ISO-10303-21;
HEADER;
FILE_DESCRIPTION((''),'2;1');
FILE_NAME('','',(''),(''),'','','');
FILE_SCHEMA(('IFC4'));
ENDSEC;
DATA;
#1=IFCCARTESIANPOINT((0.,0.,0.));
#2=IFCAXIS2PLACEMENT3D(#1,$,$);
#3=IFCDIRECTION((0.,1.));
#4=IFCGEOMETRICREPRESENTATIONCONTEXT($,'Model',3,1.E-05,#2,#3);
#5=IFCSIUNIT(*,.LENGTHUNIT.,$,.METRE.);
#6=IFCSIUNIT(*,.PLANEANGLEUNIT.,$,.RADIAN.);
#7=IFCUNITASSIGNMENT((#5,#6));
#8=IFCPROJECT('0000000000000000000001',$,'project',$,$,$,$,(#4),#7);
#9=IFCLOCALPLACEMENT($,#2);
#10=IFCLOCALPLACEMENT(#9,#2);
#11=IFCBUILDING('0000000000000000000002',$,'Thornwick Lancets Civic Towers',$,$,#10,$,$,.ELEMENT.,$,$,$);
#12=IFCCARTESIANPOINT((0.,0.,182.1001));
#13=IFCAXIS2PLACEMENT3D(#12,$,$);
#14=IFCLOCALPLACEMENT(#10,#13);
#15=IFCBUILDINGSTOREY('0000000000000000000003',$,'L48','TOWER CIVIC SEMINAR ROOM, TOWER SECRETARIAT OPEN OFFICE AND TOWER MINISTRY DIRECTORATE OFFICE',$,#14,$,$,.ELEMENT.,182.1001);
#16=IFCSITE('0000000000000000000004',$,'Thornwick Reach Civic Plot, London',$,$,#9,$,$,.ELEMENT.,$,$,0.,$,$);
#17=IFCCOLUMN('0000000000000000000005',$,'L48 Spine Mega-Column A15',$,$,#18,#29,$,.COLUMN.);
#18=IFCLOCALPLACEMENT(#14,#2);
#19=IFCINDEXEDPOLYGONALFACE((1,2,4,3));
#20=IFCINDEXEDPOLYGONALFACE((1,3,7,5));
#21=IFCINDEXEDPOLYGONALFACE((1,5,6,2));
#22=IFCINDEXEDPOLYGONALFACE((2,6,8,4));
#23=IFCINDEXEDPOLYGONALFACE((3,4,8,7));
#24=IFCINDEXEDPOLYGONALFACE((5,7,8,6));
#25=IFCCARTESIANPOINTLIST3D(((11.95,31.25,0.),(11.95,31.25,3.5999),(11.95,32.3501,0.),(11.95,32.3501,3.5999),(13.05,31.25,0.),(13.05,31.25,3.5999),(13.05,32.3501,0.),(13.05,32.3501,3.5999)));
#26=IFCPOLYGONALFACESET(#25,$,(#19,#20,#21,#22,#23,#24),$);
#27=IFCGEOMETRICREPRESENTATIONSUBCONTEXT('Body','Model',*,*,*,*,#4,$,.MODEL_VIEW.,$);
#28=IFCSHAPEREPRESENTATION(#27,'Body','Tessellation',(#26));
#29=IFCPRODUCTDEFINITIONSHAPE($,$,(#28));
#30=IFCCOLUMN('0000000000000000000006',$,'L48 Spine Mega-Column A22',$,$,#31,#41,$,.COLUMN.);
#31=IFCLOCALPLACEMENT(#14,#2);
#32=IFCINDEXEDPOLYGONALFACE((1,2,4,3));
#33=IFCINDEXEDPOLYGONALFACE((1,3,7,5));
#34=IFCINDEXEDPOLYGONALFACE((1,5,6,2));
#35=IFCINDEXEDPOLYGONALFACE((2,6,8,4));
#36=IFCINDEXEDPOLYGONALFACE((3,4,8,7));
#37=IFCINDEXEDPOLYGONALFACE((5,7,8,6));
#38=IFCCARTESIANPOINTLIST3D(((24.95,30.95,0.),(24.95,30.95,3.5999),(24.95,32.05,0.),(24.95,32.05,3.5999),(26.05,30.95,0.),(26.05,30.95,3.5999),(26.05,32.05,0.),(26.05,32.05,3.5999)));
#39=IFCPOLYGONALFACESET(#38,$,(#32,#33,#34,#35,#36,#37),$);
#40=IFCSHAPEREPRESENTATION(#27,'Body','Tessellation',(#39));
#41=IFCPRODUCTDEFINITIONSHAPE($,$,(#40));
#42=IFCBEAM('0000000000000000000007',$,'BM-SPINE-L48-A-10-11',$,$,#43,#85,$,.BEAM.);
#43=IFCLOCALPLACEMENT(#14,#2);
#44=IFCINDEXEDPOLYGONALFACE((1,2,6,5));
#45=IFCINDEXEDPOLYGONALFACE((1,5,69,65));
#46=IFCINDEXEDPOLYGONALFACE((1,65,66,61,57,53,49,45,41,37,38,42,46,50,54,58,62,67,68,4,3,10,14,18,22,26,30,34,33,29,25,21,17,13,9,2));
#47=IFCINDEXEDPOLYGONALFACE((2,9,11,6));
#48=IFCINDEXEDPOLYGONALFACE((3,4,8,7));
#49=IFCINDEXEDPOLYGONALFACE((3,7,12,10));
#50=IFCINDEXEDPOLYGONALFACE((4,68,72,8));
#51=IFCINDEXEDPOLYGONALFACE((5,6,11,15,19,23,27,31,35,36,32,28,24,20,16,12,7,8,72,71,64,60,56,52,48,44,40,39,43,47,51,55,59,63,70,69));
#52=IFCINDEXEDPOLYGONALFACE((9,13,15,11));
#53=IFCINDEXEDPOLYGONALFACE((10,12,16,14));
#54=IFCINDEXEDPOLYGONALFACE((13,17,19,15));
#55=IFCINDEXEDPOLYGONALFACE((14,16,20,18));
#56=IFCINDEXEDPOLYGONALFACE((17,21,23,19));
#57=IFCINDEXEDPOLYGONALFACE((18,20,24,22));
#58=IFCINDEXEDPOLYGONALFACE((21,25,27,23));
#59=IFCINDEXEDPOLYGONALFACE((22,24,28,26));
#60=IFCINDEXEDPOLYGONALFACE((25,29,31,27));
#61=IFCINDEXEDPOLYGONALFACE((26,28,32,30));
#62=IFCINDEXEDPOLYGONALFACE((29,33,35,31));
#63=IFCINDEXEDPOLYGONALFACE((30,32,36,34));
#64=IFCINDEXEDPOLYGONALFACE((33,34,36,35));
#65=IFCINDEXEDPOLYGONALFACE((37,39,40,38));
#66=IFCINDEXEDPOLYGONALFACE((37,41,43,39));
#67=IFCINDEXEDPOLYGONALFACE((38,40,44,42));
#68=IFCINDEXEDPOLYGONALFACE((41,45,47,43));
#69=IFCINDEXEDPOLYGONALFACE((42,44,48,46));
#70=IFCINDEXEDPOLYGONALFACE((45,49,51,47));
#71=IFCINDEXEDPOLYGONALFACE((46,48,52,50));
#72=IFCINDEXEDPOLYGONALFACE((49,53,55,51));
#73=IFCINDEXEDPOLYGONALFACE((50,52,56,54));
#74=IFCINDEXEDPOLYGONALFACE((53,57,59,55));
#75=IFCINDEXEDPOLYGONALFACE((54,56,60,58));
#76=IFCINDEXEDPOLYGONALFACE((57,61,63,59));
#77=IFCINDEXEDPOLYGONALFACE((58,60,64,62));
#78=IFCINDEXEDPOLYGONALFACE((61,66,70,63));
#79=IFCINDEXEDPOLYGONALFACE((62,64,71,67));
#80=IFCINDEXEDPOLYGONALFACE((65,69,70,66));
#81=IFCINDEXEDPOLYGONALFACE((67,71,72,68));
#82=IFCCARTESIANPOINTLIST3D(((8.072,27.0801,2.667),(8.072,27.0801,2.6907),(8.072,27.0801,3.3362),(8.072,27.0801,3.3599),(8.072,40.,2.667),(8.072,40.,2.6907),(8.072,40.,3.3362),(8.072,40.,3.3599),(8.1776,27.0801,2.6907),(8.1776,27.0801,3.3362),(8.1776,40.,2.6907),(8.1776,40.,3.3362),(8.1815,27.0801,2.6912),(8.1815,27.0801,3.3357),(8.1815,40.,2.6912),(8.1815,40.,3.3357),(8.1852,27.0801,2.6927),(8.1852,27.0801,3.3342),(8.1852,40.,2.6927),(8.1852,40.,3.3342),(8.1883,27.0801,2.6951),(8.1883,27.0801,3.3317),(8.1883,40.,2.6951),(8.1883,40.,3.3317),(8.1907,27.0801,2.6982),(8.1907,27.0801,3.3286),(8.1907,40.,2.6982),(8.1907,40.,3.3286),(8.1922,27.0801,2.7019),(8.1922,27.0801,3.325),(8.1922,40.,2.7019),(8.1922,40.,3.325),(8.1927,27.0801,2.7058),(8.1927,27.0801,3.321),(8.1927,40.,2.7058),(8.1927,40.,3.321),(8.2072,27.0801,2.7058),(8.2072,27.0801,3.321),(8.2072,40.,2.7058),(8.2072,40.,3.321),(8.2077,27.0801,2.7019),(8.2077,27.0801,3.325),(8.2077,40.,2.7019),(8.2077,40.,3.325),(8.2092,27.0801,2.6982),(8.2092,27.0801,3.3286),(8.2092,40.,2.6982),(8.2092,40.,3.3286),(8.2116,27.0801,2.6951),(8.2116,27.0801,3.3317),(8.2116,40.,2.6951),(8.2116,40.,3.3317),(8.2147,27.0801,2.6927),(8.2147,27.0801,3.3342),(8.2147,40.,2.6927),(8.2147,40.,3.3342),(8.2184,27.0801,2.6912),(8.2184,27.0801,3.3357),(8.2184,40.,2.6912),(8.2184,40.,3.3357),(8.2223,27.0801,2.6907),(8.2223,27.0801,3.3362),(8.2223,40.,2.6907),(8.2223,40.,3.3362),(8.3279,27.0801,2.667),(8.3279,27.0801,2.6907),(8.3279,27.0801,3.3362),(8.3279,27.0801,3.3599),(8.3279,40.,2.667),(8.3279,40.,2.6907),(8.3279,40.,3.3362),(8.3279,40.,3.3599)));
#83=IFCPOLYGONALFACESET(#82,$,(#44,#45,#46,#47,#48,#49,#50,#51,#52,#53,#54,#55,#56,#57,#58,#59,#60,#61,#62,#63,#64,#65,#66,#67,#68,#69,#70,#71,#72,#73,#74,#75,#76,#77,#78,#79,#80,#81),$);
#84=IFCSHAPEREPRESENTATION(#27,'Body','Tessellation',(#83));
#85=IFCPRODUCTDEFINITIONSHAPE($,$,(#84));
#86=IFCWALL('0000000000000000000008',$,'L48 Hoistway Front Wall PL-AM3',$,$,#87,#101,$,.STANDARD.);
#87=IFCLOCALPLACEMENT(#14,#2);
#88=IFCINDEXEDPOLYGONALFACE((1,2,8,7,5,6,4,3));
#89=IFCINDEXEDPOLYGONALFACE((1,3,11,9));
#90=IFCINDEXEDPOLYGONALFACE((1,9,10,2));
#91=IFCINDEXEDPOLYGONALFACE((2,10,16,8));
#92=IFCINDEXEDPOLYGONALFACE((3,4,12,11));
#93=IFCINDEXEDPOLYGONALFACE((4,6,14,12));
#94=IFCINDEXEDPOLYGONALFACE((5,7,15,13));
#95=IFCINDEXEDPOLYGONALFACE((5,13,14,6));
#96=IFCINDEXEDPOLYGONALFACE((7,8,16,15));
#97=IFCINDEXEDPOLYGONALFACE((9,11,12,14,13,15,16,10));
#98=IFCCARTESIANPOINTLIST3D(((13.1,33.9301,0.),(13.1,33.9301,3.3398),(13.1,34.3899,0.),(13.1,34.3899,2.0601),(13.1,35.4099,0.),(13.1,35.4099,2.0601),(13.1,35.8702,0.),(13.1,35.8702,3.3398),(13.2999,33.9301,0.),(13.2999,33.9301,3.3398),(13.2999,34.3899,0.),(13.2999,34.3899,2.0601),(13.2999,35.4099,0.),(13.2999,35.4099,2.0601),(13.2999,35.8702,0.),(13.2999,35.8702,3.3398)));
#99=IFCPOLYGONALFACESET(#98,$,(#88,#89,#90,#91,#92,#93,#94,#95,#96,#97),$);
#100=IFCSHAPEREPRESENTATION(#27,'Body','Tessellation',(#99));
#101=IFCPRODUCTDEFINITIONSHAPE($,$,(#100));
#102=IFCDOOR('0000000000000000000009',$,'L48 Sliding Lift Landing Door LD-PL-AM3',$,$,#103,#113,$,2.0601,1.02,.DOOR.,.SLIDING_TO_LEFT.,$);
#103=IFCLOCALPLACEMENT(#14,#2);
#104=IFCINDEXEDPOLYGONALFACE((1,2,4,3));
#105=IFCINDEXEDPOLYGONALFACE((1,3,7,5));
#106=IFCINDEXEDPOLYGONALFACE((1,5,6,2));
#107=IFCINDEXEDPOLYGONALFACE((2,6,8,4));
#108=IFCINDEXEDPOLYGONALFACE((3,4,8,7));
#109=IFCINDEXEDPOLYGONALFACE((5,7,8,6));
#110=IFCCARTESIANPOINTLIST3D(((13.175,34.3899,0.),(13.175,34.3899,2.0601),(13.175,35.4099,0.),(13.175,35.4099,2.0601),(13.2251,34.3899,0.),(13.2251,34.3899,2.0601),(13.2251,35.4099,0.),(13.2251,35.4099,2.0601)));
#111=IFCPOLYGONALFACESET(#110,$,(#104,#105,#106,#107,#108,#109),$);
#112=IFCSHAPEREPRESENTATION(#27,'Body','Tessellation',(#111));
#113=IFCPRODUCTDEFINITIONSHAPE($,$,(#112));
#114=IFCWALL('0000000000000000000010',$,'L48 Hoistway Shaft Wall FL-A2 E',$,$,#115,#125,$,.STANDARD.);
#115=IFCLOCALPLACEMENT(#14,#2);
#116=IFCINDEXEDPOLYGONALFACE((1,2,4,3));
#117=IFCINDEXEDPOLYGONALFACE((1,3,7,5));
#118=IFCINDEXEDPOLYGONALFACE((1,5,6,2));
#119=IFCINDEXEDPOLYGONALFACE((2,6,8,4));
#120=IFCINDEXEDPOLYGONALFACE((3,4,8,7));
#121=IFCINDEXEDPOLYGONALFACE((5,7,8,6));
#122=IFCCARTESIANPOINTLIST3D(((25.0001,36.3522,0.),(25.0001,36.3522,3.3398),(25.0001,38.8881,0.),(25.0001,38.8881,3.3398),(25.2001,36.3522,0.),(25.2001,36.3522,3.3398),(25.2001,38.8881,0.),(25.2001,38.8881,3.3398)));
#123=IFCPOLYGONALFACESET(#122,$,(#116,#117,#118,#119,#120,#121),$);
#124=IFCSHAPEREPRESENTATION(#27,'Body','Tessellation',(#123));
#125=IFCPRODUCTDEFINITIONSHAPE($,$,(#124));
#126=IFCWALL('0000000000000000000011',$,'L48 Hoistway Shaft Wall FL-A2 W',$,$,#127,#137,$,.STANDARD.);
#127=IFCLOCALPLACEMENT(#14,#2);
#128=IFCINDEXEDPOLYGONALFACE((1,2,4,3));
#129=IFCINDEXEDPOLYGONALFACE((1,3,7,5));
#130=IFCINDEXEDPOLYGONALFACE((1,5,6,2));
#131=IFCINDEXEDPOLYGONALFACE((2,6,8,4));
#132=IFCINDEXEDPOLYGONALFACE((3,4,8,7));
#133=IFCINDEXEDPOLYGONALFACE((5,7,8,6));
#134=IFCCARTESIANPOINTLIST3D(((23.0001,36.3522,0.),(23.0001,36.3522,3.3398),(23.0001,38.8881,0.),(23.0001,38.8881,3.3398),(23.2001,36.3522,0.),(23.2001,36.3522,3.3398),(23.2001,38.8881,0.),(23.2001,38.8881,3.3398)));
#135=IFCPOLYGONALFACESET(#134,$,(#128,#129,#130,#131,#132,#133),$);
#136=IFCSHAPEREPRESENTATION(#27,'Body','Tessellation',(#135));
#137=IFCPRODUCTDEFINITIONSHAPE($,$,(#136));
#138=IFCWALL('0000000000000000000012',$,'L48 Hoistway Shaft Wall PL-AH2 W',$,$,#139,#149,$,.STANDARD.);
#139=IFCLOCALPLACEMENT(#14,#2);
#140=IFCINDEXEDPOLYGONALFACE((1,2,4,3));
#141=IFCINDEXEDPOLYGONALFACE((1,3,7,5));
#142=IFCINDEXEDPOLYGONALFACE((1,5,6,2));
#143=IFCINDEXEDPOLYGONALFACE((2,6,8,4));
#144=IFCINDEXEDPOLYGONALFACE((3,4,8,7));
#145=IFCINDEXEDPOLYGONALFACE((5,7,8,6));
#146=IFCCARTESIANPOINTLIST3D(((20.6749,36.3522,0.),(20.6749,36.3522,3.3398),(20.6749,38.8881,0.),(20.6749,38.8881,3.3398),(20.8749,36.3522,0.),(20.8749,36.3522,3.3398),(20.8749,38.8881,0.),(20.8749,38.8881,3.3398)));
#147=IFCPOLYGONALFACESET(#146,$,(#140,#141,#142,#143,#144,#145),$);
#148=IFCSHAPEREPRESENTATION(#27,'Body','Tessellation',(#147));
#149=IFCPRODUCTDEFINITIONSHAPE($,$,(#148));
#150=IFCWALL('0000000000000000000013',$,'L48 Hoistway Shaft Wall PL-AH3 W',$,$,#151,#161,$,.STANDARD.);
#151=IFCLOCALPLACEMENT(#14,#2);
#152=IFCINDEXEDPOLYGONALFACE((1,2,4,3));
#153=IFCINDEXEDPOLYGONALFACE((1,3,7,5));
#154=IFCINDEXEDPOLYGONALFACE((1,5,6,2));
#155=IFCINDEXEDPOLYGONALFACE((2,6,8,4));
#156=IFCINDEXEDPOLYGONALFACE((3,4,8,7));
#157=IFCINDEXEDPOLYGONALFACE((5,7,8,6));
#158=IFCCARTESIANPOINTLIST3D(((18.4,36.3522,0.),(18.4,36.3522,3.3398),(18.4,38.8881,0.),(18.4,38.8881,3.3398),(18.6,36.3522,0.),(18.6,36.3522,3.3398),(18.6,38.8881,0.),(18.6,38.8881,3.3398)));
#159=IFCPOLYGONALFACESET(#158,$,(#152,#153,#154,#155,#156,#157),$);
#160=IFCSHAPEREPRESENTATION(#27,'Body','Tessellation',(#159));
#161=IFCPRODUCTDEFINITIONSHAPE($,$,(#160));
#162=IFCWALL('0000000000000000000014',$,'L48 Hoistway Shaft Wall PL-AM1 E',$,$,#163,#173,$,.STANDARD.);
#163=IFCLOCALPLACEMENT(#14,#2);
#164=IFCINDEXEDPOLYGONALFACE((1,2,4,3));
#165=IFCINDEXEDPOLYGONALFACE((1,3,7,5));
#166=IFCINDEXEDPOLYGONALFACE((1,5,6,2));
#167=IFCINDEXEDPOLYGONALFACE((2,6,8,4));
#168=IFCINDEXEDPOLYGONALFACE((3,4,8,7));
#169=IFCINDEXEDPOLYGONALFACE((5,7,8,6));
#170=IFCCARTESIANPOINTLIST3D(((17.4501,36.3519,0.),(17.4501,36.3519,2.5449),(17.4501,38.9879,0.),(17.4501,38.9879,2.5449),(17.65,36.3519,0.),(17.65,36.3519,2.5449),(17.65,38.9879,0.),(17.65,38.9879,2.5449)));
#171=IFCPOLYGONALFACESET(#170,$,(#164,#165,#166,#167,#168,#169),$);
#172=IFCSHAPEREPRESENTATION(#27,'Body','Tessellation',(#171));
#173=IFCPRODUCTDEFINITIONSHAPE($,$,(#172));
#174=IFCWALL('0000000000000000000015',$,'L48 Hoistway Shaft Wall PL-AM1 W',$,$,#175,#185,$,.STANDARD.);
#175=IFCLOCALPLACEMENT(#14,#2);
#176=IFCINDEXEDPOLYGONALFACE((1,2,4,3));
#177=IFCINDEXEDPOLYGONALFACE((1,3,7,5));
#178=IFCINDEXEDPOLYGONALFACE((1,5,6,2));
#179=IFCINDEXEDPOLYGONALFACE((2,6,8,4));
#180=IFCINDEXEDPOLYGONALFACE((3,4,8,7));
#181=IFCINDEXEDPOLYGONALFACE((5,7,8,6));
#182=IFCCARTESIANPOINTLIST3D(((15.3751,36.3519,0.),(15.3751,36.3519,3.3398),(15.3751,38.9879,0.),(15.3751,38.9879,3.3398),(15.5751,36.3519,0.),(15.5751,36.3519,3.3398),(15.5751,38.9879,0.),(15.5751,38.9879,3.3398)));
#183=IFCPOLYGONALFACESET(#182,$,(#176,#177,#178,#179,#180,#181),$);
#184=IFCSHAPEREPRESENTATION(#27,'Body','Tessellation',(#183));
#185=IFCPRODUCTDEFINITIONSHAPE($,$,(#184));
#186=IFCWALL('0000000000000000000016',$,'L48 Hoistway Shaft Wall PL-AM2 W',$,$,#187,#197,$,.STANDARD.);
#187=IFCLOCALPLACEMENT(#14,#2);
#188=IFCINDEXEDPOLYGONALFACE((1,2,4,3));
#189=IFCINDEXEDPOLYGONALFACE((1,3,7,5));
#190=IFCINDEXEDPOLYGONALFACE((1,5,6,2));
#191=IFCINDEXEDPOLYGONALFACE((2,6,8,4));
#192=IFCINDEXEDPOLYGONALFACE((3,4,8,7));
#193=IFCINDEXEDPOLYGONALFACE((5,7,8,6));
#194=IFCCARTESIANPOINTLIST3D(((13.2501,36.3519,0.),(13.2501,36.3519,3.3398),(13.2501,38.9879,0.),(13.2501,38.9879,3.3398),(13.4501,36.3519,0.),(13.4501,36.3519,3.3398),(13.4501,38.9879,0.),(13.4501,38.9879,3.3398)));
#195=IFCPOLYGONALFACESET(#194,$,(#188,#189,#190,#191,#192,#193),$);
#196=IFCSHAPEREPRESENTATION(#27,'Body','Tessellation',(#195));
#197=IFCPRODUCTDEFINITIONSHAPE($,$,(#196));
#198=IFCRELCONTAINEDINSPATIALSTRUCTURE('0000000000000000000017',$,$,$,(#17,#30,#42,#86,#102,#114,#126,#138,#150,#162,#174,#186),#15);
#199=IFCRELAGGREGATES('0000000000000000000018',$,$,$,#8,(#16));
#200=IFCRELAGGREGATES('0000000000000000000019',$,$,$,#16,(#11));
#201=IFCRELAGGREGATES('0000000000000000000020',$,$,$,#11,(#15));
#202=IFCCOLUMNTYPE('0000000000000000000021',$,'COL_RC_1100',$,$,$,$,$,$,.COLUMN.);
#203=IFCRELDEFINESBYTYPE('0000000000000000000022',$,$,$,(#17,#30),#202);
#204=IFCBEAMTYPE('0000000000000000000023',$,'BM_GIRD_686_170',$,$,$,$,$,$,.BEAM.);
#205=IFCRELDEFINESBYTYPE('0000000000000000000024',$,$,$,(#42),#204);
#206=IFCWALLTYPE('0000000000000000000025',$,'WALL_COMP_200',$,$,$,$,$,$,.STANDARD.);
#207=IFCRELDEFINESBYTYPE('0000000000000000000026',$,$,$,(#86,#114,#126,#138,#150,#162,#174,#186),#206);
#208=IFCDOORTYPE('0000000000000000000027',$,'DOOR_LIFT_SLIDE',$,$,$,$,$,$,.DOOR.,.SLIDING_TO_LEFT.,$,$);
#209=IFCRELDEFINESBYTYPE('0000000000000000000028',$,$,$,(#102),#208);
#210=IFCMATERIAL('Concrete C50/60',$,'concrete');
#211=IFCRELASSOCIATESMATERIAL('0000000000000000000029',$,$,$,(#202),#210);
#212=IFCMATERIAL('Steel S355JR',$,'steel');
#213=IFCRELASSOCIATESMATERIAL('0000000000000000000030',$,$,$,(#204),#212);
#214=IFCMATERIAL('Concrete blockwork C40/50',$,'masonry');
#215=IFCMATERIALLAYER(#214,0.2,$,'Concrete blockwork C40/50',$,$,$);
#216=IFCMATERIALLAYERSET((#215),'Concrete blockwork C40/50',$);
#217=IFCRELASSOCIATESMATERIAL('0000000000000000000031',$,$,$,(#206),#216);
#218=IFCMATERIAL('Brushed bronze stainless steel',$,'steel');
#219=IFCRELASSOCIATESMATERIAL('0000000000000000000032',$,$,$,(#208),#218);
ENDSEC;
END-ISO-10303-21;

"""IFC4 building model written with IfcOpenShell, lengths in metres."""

from ifc_helpers import new_model, si_unit, direction, frame, frame_2d, origin, origin_2d, place, context, subcontext, project, spatial, rectangle, i_section, extrude, material, layer, layer_set, material_profile, profile_set, type_object, element, fill, save


model = new_model("IFC4")

# Units and contexts
model_context = context("Model", 3, precision=1e-05, world=origin(), true_north=direction((0.0, 1.0)))
body_context = subcontext(model_context, "Body", "Model", "MODEL_VIEW")
ifc_project = project(units=[si_unit("LENGTHUNIT", "METRE"), si_unit("PLANEANGLEUNIT", "RADIAN")], contexts=[model_context])

# Site, building, storey
site_placement = place(None, origin())
site = spatial("IfcSite", under=ifc_project, at=site_placement, Name="Thornwick Reach Civic Plot, London", CompositionType="ELEMENT", RefElevation=0.0)
building_placement = place(site_placement, origin())
building = spatial("IfcBuilding", under=site, at=building_placement, Name="Thornwick Lancets Civic Towers", CompositionType="ELEMENT")
storey_placement = place(building_placement, frame((0.0, 0.0, 182.1001)))
storey = spatial("IfcBuildingStorey", under=building, at=storey_placement, Name="L48", Description="TOWER CIVIC SEMINAR ROOM, TOWER SECRETARIAT OPEN OFFICE AND TOWER MINISTRY DIRECTORATE OFFICE", CompositionType="ELEMENT", Elevation=182.1001)

# Columns
ifc_material_1 = material(Name="Concrete C50/60", Category="concrete")
ifc_material_profile_1 = material_profile(ifc_material_1, rectangle(XDim=1.1001, YDim=1.1001, at=origin_2d()), Name="RC 1100x1100")
ifc_profile_set_1 = profile_set([ifc_material_profile_1], Name="Concrete C50/60")
column_type = type_object("IfcColumnType", Name="COL_RC_1100", PredefinedType="COLUMN", material=ifc_profile_set_1)
for number, where, z_axis, x_axis, name in (
    (1, (12.5, 31.8, 0.0), (0.0, 0.0, 1.0), (1.0, 0.0, 0.0), "L48 Spine Mega-Column A15"),
    (2, (25.5, 31.5, 0.0), (0.0, 0.0, 1.0), (1.0, 0.0, 0.0), "L48 Spine Mega-Column A22"),
):
    element("IfcColumn", number, at=place(storey_placement, frame(where, z_axis=z_axis, x_axis=x_axis)), inside=storey, type_object=column_type, Name=name, PredefinedType="COLUMN", context=body_context, shape_type="SweptSolid", body=[
        extrude(rectangle(XDim=1.1001, YDim=1.1001, at=origin_2d()), origin(), (0.0, 0.0, 1.0), 3.5999),
    ])

# Beam
ifc_material_2 = material(Name="Steel S355JR", Category="steel")
ifc_material_profile_2 = material_profile(ifc_material_2, i_section(OverallWidth=0.2559, OverallDepth=0.6929, WebThickness=0.0144, FlangeThickness=0.0237, FilletRadius=0.0151, at=origin_2d()), Name="UKB 686x254x170")
ifc_profile_set_2 = profile_set([ifc_material_profile_2], Name="Steel S355JR")
beam_type = type_object("IfcBeamType", Name="BM_GIRD_686_170", PredefinedType="BEAM", material=ifc_profile_set_2)
beam_placement = place(storey_placement, frame((8.2, 27.0801, 3.0134), z_axis=(0.0, 1.0, 0.0), x_axis=(-1.0, 0.0, 0.0)))
element("IfcBeam", 3, at=beam_placement, inside=storey, type_object=beam_type, Name="BM-SPINE-L48-A-10-11", PredefinedType="BEAM", context=body_context, shape_type="SweptSolid", body=[
    extrude(i_section(OverallWidth=0.2559, OverallDepth=0.6929, WebThickness=0.0144, FlangeThickness=0.0237, FilletRadius=0.0151, at=origin_2d()), origin(), (0.0, 0.0, 1.0), 12.9199),
])

# Wall, opening, door
ifc_material_3 = material(Name="Concrete blockwork C40/50", Category="masonry")
ifc_layer_1 = layer(ifc_material_3, 0.2, Name="Concrete blockwork C40/50")
ifc_layer_set_1 = layer_set([ifc_layer_1], Name="Concrete blockwork C40/50")
wall_type_1 = type_object("IfcWallType", Name="WALL_COMP_200", PredefinedType="STANDARD", material=ifc_layer_set_1)
wall_1_placement = place(storey_placement, frame((13.2, 33.9299, 0.0), z_axis=(0.0, 0.0, 1.0), x_axis=(0.0, 1.0, 0.0)))
wall_1 = element("IfcWall", 4, at=wall_1_placement, inside=storey, type_object=wall_type_1, Name="L48 Hoistway Front Wall PL-AM3", PredefinedType="STANDARD", context=body_context, shape_type="SweptSolid", body=[
    extrude(rectangle(XDim=1.9402, YDim=0.2, at=frame_2d((0.9702, 0.0))), origin(), (0.0, 0.0, 1.0), 3.3398),
])
opening_1_placement = place(wall_1_placement, frame((0.46, 0.0, 0.0)))
opening_1 = element("IfcOpeningElement", 5, at=opening_1_placement, cuts=wall_1, PredefinedType="OPENING", context=body_context, shape_type="SweptSolid", body=[
    extrude(rectangle(XDim=1.02, YDim=2.0601, at=frame_2d((0.51, 1.03))), frame((0.0, 0.1099, 0.0), z_axis=(0.0, -1.0, 0.0), x_axis=(1.0, 0.0, 0.0)), (0.0, 0.0, 1.0), 0.22),
])
ifc_material_4 = material(Name="Brushed bronze stainless steel", Category="steel")
door_type_1 = type_object("IfcDoorType", Name="DOOR_LIFT_SLIDE", OperationType="SLIDING_TO_LEFT", PredefinedType="DOOR", material=ifc_material_4)
door_1_placement = place(opening_1_placement, origin())
door_1 = element("IfcDoor", 6, at=door_1_placement, inside=storey, type_object=door_type_1, Name="L48 Sliding Lift Landing Door LD-PL-AM3", OperationType="SLIDING_TO_LEFT", OverallHeight=2.0601, OverallWidth=1.02, PredefinedType="DOOR", context=body_context, shape_type="SweptSolid", body=[
    extrude(rectangle(XDim=1.02, YDim=2.0601, at=frame_2d((0.51, 1.03))), frame((0.0, 0.0249, 0.0), z_axis=(0.0, -1.0, 0.0), x_axis=(1.0, 0.0, 0.0)), (0.0, 0.0, 1.0), 0.05),
])
fill(opening_1, door_1)

# Walls
for number, where, z_axis, x_axis, name in (
    (7, (25.1001, 36.3521, 0.0), (0.0, 0.0, 1.0), (0.0, 1.0, 0.0), "L48 Hoistway Shaft Wall FL-A2 E"),
    (8, (23.1001, 36.3521, 0.0), (0.0, 0.0, 1.0), (0.0, 1.0, 0.0), "L48 Hoistway Shaft Wall FL-A2 W"),
    (9, (20.7749, 36.3521, 0.0), (0.0, 0.0, 1.0), (0.0, 1.0, 0.0), "L48 Hoistway Shaft Wall PL-AH2 W"),
    (10, (18.5, 36.3521, 0.0), (0.0, 0.0, 1.0), (0.0, 1.0, 0.0), "L48 Hoistway Shaft Wall PL-AH3 W"),
):
    element("IfcWall", number, at=place(storey_placement, frame(where, z_axis=z_axis, x_axis=x_axis)), inside=storey, type_object=wall_type_1, Name=name, PredefinedType="STANDARD", context=body_context, shape_type="SweptSolid", body=[
        extrude(rectangle(XDim=2.5359, YDim=0.2, at=frame_2d((1.2681, 0.0))), origin(), (0.0, 0.0, 1.0), 3.3398),
    ])
wall_2_placement = place(storey_placement, frame((17.55, 36.3521, 0.0), z_axis=(0.0, 0.0, 1.0), x_axis=(0.0, 1.0, 0.0)))
element("IfcWall", 11, at=wall_2_placement, inside=storey, type_object=wall_type_1, Name="L48 Hoistway Shaft Wall PL-AM1 E", PredefinedType="STANDARD", context=body_context, shape_type="SweptSolid", body=[
    extrude(rectangle(XDim=2.636, YDim=0.2, at=frame_2d((1.3179, 0.0))), origin(), (0.0, 0.0, 1.0), 2.5449),
])
for number, where, z_axis, x_axis, name in (
    (12, (15.4751, 36.3521, 0.0), (0.0, 0.0, 1.0), (0.0, 1.0, 0.0), "L48 Hoistway Shaft Wall PL-AM1 W"),
    (13, (13.3501, 36.3521, 0.0), (0.0, 0.0, 1.0), (0.0, 1.0, 0.0), "L48 Hoistway Shaft Wall PL-AM2 W"),
):
    element("IfcWall", number, at=place(storey_placement, frame(where, z_axis=z_axis, x_axis=x_axis)), inside=storey, type_object=wall_type_1, Name=name, PredefinedType="STANDARD", context=body_context, shape_type="SweptSolid", body=[
        extrude(rectangle(XDim=2.636, YDim=0.2, at=frame_2d((1.3179, 0.0))), origin(), (0.0, 0.0, 1.0), 3.3398),
    ])

save(model, "model.ifc")
